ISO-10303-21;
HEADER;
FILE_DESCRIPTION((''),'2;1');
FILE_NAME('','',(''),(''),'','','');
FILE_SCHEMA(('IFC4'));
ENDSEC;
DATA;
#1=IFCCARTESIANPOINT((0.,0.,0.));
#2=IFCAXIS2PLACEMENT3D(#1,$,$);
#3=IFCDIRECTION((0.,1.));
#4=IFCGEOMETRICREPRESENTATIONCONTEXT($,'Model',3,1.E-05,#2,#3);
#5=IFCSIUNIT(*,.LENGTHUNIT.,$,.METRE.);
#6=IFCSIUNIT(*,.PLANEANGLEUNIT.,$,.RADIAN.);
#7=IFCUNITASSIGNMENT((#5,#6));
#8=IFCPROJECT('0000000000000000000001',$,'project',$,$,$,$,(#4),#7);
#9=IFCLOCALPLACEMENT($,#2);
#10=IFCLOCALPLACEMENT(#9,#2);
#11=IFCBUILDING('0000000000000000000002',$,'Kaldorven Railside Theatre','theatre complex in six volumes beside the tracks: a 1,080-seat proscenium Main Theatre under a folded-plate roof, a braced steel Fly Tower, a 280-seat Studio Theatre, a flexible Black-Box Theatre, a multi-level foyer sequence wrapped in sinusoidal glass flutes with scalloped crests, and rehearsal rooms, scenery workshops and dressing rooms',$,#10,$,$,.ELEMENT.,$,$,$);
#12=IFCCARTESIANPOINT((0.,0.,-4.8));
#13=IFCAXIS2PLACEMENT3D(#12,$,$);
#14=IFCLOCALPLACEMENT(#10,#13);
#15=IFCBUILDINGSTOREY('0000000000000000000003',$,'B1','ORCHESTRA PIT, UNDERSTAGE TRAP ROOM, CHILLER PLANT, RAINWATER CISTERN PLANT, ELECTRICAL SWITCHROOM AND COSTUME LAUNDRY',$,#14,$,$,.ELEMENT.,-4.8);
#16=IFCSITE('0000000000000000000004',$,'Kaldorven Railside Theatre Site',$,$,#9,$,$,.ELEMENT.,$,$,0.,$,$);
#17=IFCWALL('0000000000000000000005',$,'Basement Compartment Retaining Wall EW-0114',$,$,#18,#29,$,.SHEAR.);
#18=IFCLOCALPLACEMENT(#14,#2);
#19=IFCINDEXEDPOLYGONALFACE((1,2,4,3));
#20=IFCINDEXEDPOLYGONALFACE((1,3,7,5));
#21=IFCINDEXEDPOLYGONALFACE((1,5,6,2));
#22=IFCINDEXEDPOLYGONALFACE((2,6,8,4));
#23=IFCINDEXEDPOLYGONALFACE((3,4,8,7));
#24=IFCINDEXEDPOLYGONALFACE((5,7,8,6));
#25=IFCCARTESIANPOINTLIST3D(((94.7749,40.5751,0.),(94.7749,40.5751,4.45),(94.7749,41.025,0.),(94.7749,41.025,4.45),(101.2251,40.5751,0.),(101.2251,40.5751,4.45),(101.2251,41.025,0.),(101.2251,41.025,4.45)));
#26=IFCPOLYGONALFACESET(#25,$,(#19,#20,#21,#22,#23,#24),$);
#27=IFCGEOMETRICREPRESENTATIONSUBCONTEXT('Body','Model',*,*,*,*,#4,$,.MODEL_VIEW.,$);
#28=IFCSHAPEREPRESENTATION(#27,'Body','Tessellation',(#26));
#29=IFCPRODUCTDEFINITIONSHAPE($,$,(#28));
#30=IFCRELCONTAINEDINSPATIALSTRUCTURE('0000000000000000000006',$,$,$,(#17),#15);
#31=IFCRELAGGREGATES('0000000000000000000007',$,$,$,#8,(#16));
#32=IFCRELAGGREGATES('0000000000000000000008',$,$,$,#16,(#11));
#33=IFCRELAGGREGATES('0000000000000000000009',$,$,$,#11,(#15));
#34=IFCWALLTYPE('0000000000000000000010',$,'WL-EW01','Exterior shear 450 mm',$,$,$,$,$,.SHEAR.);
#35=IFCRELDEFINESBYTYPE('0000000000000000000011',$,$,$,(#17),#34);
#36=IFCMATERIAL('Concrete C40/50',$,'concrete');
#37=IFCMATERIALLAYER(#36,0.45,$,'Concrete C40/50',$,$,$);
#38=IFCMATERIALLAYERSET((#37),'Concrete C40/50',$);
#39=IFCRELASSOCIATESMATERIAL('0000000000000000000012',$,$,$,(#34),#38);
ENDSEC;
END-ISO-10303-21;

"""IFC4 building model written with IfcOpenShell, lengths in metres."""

from ifc_helpers import new_model, si_unit, direction, frame, frame_2d, origin, place, context, subcontext, project, spatial, rectangle, extrude, material, layer, layer_set, type_object, element, save


model = new_model("IFC4")

# Units and contexts
model_context = context("Model", 3, precision=1e-05, world=origin(), true_north=direction((0.0, 1.0)))
body_context = subcontext(model_context, "Body", "Model", "MODEL_VIEW")
ifc_project = project(units=[si_unit("LENGTHUNIT", "METRE"), si_unit("PLANEANGLEUNIT", "RADIAN")], contexts=[model_context])

# Site, building, storey
site_placement = place(None, origin())
site = spatial("IfcSite", under=ifc_project, at=site_placement, Name="Kaldorven Railside Theatre Site", CompositionType="ELEMENT", RefElevation=0.0)
building_placement = place(site_placement, origin())
building = spatial("IfcBuilding", under=site, at=building_placement, Name="Kaldorven Railside Theatre", Description="theatre complex in six volumes beside the tracks: a 1,080-seat proscenium Main Theatre under a folded-plate roof, a braced steel Fly Tower, a 280-seat Studio Theatre, a flexible Black-Box Theatre, a multi-level foyer sequence wrapped in sinusoidal glass flutes with scalloped crests, and rehearsal rooms, scenery workshops and dressing rooms", CompositionType="ELEMENT")
storey_placement = place(building_placement, frame((0.0, 0.0, -4.8)))
storey = spatial("IfcBuildingStorey", under=building, at=storey_placement, Name="B1", Description="ORCHESTRA PIT, UNDERSTAGE TRAP ROOM, CHILLER PLANT, RAINWATER CISTERN PLANT, ELECTRICAL SWITCHROOM AND COSTUME LAUNDRY", CompositionType="ELEMENT", Elevation=-4.8)

# Shared definitions
ifc_material_1 = material(Name="Concrete C40/50", Category="concrete")

# Wall
ifc_layer = layer(ifc_material_1, 0.45, Name="Concrete C40/50")
ifc_layer_set = layer_set([ifc_layer], Name="Concrete C40/50")
wall_type = type_object("IfcWallType", Name="WL-EW01", Description="Exterior shear 450 mm", PredefinedType="SHEAR", material=ifc_layer_set)
wall_1_placement = place(storey_placement, frame((101.2251, 40.8, 0.0), z_axis=(0.0, 0.0, 1.0), x_axis=(-1.0, 0.0, 0.0)))
element("IfcWall", 1, at=wall_1_placement, inside=storey, type_object=wall_type, Name="Basement Compartment Retaining Wall EW-0114", PredefinedType="SHEAR", context=body_context, shape_type="SweptSolid", body=[
    extrude(rectangle(XDim=6.4502, YDim=0.45, at=frame_2d((3.2251, 0.0))), origin(), (0.0, 0.0, 1.0), 4.45),
])

save(model, "model.ifc")
